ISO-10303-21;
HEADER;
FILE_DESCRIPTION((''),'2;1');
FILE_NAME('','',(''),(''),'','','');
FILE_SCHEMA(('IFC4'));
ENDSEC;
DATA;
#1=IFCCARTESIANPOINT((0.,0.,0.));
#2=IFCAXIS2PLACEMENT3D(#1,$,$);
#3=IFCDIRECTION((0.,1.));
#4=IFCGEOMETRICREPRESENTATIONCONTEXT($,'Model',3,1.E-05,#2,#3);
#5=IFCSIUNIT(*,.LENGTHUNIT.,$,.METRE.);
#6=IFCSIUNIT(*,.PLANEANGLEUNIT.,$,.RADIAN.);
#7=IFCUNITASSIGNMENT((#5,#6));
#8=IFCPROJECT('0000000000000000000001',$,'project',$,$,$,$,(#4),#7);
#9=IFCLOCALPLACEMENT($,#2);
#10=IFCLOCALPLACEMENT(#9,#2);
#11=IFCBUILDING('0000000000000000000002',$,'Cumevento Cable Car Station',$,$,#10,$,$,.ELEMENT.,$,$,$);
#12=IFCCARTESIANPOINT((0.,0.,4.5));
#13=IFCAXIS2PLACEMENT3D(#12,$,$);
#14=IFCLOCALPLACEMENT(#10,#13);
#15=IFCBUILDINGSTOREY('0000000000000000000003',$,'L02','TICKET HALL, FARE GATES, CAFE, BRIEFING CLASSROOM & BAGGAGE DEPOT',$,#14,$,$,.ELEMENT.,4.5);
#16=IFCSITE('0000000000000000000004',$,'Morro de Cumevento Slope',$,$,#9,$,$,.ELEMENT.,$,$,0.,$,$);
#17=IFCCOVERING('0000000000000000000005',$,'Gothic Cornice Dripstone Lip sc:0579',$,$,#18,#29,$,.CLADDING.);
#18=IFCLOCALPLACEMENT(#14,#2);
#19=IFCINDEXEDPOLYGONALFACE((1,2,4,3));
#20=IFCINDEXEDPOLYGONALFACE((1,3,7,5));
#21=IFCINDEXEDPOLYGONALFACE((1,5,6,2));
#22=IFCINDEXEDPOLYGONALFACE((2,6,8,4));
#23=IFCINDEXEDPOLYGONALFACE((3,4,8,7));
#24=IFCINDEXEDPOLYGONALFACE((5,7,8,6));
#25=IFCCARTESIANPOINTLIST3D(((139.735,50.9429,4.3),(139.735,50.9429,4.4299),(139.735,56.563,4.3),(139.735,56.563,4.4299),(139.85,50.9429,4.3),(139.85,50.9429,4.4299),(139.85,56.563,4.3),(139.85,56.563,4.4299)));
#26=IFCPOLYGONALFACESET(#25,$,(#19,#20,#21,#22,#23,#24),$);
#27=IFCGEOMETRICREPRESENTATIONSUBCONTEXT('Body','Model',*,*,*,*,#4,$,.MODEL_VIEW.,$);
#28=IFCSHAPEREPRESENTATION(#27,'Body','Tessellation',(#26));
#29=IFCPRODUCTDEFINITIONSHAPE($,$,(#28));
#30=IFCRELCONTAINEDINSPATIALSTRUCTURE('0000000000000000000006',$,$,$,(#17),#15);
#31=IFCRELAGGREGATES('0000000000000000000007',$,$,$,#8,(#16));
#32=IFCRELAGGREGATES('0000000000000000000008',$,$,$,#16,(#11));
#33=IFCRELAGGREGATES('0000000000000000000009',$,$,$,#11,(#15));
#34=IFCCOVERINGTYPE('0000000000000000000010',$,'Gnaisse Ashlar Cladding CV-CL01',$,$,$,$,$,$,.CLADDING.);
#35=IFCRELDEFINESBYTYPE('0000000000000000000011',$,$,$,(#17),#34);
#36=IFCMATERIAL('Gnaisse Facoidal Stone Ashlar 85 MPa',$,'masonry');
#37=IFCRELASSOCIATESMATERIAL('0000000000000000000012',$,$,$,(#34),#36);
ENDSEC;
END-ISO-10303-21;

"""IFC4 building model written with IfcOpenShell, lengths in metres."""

from ifc_helpers import new_model, si_unit, direction, frame, origin, origin_2d, place, context, subcontext, project, spatial, rectangle, extrude, material, type_object, element, save


model = new_model("IFC4")

# Units and contexts
model_context = context("Model", 3, precision=1e-05, world=origin(), true_north=direction((0.0, 1.0)))
body_context = subcontext(model_context, "Body", "Model", "MODEL_VIEW")
ifc_project = project(units=[si_unit("LENGTHUNIT", "METRE"), si_unit("PLANEANGLEUNIT", "RADIAN")], contexts=[model_context])

# Site, building, storey
site_placement = place(None, origin())
site = spatial("IfcSite", under=ifc_project, at=site_placement, Name="Morro de Cumevento Slope", CompositionType="ELEMENT", RefElevation=0.0)
building_placement = place(site_placement, origin())
building = spatial("IfcBuilding", under=site, at=building_placement, Name="Cumevento Cable Car Station", CompositionType="ELEMENT")
storey_placement = place(building_placement, frame((0.0, 0.0, 4.5)))
storey = spatial("IfcBuildingStorey", under=building, at=storey_placement, Name="L02", Description="TICKET HALL, FARE GATES, CAFE, BRIEFING CLASSROOM & BAGGAGE DEPOT", CompositionType="ELEMENT", Elevation=4.5)

# Covering
ifc_material_1 = material(Name="Gnaisse Facoidal Stone Ashlar 85 MPa", Category="masonry")
covering_type = type_object("IfcCoveringType", Name="Gnaisse Ashlar Cladding CV-CL01", PredefinedType="CLADDING", material=ifc_material_1)
for number, where, z_axis, x_axis, name in (
    (1, (139.7925, 53.7529, 4.3), (0.0, 0.0, 1.0), (0.0, 1.0, 0.0), "Gothic Cornice Dripstone Lip sc:0579"),
):
    element("IfcCovering", number, at=place(storey_placement, frame(where, z_axis=z_axis, x_axis=x_axis)), inside=storey, type_object=covering_type, Name=name, PredefinedType="CLADDING", context=body_context, shape_type="SweptSolid", body=[
        extrude(rectangle(XDim=5.6201, YDim=0.115, at=origin_2d()), origin(), (0.0, 0.0, 1.0), 0.1299),
    ])

save(model, "model.ifc")
